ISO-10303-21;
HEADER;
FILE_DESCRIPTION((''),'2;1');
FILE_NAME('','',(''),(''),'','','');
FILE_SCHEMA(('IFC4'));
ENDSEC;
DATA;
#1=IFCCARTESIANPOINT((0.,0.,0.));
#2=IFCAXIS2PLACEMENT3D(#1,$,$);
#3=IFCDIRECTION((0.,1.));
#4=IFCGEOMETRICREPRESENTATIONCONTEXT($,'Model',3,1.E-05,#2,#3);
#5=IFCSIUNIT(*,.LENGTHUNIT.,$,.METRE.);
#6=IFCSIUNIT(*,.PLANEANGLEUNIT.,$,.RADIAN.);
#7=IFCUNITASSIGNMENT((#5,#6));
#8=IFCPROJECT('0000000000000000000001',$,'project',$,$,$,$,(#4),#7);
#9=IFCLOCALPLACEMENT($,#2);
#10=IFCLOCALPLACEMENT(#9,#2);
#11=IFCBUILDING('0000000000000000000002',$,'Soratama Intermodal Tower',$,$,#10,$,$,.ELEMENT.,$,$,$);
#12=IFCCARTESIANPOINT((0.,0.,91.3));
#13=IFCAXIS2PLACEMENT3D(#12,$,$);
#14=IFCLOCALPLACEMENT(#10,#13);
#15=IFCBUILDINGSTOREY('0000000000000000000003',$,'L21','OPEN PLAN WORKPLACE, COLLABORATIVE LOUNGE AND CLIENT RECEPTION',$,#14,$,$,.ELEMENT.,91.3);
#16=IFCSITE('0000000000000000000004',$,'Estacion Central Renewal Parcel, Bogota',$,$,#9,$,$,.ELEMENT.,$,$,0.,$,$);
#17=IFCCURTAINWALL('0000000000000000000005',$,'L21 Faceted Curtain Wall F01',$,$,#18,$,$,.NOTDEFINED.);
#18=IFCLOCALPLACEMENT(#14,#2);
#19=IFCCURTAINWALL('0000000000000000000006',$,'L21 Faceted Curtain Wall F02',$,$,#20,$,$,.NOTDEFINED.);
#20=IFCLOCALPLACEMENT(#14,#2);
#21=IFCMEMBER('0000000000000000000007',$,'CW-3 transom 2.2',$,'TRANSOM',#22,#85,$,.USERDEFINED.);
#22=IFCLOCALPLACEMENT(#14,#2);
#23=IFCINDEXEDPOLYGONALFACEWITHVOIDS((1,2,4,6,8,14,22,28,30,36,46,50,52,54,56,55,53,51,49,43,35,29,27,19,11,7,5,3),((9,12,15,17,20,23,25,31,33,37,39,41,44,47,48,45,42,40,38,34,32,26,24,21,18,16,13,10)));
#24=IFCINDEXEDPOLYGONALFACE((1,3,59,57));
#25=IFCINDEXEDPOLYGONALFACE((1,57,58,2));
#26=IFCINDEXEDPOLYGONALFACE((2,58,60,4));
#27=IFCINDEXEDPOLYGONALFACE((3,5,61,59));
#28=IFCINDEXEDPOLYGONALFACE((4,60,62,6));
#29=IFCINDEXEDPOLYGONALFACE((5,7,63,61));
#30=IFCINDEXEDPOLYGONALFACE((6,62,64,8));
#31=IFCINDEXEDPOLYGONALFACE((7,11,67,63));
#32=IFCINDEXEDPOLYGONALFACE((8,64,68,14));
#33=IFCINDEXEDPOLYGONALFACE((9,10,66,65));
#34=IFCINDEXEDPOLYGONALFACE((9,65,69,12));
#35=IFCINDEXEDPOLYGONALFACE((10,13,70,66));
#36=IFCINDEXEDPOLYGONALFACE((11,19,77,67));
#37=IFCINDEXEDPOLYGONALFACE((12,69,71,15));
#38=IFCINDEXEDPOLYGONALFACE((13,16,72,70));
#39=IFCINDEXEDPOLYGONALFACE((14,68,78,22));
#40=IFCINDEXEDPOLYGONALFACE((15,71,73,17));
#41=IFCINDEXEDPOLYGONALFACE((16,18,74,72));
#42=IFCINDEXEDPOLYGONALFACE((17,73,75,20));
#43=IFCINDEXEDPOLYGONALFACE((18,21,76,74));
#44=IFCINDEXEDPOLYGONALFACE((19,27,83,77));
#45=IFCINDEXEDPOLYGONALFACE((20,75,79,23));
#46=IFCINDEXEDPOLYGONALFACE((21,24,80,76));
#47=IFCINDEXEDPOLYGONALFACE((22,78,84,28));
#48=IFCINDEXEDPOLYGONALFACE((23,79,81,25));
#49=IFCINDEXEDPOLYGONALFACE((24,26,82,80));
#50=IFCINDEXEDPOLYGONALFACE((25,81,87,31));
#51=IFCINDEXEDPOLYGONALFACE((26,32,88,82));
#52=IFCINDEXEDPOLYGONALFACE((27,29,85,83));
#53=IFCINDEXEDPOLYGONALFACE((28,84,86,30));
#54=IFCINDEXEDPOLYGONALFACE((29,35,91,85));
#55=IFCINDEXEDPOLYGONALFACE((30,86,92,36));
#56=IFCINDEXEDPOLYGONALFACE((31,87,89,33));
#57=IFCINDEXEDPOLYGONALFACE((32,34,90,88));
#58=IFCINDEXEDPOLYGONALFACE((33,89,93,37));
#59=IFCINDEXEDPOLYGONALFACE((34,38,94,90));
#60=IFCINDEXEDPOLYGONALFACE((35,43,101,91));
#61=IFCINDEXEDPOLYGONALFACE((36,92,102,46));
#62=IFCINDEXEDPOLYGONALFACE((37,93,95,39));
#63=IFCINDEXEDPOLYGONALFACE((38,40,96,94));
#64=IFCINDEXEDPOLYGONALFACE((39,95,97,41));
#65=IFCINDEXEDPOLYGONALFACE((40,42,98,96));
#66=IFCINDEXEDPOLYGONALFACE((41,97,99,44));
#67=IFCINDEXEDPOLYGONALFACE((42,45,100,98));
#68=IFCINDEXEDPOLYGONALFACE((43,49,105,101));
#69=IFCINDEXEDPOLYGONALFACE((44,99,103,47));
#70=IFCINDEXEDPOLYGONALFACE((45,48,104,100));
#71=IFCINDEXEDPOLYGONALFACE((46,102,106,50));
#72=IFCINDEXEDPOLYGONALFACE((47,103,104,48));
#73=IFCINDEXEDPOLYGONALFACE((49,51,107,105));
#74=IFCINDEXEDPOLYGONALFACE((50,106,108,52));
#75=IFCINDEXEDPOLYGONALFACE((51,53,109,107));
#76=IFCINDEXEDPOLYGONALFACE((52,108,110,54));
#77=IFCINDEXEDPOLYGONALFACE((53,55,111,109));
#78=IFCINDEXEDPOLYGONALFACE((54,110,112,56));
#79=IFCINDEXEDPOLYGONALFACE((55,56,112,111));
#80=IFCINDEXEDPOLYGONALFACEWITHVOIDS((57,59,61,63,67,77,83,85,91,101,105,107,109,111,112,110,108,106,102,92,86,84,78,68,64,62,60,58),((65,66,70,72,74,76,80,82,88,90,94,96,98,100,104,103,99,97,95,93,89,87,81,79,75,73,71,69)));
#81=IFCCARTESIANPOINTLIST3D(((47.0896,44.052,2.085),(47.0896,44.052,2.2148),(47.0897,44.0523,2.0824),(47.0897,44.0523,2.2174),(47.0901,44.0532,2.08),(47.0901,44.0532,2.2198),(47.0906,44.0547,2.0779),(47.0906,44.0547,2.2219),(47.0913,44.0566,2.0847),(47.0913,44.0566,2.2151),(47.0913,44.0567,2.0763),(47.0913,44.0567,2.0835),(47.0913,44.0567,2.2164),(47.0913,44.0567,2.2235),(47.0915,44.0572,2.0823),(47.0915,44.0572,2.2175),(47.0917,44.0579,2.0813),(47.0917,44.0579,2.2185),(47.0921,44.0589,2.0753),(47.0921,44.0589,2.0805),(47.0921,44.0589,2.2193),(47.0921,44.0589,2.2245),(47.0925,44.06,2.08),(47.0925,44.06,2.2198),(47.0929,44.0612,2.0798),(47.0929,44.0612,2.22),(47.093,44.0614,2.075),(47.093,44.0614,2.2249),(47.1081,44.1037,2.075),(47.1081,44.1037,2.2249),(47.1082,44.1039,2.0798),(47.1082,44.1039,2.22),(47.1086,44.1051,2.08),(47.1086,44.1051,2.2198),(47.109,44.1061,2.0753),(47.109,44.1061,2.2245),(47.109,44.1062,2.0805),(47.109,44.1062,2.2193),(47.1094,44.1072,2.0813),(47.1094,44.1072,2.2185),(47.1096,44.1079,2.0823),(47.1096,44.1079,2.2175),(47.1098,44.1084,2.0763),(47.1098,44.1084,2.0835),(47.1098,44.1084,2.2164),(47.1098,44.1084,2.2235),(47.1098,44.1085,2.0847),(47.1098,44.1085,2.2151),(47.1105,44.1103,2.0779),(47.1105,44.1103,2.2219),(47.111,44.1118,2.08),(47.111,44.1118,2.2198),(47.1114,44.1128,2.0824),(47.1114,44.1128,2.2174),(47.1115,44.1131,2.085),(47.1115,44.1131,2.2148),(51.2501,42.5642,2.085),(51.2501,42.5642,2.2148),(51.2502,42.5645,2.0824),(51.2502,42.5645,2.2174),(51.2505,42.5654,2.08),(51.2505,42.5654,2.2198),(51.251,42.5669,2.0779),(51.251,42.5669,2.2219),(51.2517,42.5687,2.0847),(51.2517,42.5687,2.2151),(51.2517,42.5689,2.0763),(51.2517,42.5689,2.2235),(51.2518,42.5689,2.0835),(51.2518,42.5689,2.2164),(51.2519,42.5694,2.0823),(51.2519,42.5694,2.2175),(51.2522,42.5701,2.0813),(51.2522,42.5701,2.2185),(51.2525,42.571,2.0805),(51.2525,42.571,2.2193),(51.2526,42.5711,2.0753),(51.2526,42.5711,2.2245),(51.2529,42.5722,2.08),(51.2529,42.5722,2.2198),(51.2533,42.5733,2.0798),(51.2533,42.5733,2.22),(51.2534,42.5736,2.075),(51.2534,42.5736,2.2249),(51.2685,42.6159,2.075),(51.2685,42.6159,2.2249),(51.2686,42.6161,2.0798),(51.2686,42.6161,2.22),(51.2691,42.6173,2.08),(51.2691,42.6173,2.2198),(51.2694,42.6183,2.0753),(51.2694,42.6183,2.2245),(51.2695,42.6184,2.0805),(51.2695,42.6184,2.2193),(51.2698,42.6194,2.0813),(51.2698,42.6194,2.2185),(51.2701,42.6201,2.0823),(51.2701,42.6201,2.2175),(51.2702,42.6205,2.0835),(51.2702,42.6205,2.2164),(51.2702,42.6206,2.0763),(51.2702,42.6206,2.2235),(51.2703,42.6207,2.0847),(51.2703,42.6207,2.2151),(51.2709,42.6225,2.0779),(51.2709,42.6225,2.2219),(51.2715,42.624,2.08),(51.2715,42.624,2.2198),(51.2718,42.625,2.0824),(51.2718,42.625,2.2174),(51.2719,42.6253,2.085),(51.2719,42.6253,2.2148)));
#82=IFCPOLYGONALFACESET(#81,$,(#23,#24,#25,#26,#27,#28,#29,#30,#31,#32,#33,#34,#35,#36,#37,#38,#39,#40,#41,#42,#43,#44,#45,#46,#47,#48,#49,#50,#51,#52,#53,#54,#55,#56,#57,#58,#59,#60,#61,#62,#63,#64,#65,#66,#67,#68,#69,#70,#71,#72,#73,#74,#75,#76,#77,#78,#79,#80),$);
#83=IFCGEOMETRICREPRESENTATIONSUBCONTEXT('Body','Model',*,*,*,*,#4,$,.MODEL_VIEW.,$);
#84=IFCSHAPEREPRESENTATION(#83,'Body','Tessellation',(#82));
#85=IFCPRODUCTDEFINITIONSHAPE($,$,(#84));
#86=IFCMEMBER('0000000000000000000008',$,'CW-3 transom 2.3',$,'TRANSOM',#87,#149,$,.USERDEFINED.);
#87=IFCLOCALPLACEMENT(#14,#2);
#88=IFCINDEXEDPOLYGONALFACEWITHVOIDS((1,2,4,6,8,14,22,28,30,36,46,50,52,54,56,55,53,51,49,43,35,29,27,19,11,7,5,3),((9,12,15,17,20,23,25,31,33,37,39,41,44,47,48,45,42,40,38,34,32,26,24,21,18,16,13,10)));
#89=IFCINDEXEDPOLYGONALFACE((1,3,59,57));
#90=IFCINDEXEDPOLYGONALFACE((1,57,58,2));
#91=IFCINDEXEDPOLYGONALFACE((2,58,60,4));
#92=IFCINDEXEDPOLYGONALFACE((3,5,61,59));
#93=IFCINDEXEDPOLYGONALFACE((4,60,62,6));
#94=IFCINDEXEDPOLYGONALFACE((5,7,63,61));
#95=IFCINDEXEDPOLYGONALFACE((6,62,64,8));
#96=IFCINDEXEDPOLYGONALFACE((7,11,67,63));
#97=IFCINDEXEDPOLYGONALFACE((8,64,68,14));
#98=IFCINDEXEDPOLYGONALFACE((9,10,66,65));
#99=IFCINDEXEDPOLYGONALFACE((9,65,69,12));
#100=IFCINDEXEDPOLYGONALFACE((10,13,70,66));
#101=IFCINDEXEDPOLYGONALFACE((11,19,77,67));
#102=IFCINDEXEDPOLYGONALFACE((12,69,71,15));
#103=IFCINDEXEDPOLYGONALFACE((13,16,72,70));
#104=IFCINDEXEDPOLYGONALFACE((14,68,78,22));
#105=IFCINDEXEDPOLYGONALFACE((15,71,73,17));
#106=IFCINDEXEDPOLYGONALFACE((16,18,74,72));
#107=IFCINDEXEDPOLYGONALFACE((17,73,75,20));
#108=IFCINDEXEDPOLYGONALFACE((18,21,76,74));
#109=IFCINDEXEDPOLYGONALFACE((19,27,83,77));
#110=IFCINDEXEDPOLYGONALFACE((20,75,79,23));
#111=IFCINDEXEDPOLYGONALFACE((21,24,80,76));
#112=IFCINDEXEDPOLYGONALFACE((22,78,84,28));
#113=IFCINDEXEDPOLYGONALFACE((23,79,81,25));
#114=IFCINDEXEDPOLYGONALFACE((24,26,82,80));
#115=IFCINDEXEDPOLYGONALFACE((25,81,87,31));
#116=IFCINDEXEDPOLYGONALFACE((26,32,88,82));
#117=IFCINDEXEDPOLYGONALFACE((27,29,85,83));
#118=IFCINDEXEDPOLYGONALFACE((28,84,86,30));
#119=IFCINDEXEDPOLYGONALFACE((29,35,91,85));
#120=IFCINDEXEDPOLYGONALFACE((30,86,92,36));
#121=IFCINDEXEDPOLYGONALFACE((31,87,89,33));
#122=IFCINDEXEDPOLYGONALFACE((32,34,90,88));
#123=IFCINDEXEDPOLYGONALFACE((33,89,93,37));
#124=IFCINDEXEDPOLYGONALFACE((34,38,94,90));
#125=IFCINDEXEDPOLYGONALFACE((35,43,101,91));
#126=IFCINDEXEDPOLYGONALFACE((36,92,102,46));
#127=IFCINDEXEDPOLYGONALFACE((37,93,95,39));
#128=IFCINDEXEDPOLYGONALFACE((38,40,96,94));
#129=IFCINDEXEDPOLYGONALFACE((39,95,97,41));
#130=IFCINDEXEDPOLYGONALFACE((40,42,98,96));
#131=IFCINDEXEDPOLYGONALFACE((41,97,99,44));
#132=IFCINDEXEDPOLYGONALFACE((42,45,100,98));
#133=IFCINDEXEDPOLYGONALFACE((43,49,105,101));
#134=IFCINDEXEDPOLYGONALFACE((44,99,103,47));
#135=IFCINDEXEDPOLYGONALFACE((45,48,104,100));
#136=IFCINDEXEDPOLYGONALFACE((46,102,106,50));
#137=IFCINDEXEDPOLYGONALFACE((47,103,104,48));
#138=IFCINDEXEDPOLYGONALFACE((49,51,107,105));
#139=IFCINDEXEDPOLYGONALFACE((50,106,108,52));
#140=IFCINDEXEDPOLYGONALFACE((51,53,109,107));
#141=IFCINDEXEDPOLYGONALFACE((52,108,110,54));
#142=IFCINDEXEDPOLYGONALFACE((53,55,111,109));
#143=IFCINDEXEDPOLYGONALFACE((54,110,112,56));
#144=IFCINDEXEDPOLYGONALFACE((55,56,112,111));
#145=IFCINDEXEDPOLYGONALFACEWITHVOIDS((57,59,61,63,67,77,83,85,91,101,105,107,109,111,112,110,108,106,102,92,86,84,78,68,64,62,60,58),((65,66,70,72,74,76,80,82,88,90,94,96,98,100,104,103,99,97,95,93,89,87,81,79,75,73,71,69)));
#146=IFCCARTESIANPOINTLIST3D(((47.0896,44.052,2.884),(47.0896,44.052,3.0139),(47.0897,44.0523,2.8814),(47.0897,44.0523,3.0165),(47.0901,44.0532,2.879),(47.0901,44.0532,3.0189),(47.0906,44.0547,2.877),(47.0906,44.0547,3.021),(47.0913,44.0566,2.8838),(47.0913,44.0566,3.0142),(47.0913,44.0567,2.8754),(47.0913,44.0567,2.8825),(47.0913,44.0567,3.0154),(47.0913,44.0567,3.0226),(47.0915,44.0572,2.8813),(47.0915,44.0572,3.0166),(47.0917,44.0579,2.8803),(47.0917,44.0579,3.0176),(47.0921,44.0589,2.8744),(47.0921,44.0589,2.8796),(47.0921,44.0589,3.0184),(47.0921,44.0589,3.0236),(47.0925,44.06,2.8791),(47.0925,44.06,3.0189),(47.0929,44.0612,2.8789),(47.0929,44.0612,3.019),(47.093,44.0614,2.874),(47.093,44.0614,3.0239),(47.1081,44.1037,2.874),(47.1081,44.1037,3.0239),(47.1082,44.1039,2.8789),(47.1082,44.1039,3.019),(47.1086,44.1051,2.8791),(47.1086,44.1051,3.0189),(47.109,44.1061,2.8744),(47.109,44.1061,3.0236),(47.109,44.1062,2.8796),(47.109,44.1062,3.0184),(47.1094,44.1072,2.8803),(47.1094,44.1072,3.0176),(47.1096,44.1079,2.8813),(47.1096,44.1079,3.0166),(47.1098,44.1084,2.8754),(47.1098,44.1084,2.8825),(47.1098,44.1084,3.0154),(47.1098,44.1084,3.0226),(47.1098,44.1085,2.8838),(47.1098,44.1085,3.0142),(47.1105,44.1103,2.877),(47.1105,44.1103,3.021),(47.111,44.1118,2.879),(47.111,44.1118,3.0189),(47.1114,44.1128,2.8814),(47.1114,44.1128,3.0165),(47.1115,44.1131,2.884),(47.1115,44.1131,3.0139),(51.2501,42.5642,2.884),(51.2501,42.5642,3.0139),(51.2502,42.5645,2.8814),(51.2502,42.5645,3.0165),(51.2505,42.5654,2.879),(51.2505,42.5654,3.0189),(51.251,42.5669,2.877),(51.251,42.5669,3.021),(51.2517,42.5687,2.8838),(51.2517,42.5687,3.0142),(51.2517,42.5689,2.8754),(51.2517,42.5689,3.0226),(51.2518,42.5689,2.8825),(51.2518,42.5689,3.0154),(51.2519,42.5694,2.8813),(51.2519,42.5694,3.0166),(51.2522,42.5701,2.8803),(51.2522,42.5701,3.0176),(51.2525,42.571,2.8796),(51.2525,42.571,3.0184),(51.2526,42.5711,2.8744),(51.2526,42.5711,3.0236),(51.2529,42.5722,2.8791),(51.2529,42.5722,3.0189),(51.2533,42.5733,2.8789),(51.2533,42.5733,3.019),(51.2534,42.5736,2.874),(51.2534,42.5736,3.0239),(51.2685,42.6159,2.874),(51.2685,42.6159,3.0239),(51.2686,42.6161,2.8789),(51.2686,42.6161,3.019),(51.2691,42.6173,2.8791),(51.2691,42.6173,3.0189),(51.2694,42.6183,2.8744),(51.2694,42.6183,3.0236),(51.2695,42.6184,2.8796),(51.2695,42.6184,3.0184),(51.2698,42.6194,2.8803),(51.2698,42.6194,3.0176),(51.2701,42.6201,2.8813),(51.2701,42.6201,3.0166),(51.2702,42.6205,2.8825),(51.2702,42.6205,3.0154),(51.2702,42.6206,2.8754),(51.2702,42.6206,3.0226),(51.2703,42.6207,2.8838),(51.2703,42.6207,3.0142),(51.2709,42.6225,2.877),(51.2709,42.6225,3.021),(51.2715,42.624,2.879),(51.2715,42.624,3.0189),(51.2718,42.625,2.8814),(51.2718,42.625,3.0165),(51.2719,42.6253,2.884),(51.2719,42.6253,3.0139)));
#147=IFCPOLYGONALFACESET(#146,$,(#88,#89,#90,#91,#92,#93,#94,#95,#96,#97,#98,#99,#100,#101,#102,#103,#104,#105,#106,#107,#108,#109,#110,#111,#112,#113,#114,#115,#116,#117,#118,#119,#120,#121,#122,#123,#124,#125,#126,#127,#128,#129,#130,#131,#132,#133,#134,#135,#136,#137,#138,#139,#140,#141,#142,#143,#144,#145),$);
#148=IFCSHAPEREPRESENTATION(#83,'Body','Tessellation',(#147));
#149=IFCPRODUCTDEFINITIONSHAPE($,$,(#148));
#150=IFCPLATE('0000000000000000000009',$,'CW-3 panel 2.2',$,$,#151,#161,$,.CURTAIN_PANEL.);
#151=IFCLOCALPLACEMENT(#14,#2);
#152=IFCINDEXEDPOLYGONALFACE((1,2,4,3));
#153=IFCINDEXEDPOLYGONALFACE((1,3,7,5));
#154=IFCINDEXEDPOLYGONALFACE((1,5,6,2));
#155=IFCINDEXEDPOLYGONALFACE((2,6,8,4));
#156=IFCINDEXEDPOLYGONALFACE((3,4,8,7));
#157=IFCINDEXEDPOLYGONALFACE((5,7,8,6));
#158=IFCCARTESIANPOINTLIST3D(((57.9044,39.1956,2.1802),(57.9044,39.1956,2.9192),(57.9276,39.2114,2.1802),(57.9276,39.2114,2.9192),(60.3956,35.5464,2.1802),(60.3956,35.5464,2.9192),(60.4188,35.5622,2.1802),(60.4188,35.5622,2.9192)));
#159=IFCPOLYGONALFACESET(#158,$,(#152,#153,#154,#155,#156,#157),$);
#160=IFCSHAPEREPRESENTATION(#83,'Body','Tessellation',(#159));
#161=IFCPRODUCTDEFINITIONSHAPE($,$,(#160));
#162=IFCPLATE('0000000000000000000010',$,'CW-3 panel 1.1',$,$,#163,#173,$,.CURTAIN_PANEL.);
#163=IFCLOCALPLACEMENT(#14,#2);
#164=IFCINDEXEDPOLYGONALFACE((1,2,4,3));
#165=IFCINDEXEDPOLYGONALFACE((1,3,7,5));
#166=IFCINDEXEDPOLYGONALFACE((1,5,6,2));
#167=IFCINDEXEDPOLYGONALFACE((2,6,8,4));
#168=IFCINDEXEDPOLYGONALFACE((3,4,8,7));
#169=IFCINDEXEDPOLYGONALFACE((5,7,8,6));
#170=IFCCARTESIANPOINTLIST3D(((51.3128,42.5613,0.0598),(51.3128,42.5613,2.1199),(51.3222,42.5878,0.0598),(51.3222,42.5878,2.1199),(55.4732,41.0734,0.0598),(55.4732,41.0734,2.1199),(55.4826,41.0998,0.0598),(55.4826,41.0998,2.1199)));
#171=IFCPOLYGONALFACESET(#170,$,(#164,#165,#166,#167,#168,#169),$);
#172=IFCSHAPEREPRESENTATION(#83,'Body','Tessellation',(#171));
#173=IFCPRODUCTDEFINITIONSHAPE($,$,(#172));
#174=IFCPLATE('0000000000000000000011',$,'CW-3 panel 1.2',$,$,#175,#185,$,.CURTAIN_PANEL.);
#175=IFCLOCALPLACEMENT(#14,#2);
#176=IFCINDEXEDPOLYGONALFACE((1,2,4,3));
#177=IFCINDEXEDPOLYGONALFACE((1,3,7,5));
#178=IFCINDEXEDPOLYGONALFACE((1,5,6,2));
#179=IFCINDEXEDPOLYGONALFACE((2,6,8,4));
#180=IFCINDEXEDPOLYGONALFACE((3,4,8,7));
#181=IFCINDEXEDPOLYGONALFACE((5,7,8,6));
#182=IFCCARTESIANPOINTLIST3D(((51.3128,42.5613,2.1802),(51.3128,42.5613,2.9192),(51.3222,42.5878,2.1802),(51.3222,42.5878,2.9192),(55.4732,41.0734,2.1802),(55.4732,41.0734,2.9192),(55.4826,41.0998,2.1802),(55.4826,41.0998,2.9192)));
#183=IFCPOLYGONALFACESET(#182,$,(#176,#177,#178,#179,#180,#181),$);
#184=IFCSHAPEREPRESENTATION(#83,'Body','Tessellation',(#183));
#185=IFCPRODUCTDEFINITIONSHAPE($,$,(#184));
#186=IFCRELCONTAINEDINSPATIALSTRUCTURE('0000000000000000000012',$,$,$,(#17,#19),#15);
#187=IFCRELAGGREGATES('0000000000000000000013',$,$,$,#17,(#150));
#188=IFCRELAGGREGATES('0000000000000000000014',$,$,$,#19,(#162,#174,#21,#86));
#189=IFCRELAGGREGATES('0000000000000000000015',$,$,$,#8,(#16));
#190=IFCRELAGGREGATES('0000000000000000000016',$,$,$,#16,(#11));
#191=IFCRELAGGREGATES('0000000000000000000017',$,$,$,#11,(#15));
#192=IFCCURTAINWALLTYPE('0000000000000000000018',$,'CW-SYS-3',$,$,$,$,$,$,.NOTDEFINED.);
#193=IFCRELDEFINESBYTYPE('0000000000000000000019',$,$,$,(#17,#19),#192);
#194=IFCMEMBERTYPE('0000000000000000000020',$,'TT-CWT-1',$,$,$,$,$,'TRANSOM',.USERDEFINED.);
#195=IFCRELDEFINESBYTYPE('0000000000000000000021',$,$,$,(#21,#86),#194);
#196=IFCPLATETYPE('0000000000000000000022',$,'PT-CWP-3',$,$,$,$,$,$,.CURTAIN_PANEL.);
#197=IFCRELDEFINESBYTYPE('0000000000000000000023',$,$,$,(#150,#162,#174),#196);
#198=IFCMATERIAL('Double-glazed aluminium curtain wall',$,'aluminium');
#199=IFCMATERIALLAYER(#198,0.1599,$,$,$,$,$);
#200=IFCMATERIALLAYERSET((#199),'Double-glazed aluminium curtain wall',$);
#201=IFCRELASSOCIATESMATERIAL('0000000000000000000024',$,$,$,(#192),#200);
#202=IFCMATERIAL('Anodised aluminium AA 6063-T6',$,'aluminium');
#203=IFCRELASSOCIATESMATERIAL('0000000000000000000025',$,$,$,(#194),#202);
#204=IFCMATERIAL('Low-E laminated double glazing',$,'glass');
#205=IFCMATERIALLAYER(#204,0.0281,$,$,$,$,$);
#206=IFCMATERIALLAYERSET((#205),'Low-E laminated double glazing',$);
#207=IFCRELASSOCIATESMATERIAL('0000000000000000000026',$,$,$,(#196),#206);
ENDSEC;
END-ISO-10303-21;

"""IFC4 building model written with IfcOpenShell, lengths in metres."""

from ifc_helpers import new_model, si_unit, direction, frame, origin, origin_2d, place, context, subcontext, project, spatial, rectangle, hollow_rectangle, extrude, material, layer, layer_set, material_profile, profile_set, type_object, element, aggregate, save


model = new_model("IFC4")

# Units and contexts
model_context = context("Model", 3, precision=1e-05, world=origin(), true_north=direction((0.0, 1.0)))
body_context = subcontext(model_context, "Body", "Model", "MODEL_VIEW")
ifc_project = project(units=[si_unit("LENGTHUNIT", "METRE"), si_unit("PLANEANGLEUNIT", "RADIAN")], contexts=[model_context])

# Site, building, storey
site_placement = place(None, origin())
site = spatial("IfcSite", under=ifc_project, at=site_placement, Name="Estacion Central Renewal Parcel, Bogota", CompositionType="ELEMENT", RefElevation=0.0)
building_placement = place(site_placement, origin())
building = spatial("IfcBuilding", under=site, at=building_placement, Name="Soratama Intermodal Tower", CompositionType="ELEMENT")
storey_placement = place(building_placement, frame((0.0, 0.0, 91.3)))
storey = spatial("IfcBuildingStorey", under=building, at=storey_placement, Name="L21", Description="OPEN PLAN WORKPLACE, COLLABORATIVE LOUNGE AND CLIENT RECEPTION", CompositionType="ELEMENT", Elevation=91.3)

# Curtain wall
ifc_material_1 = material(Name="Double-glazed aluminium curtain wall", Category="aluminium")
ifc_layer_1 = layer(ifc_material_1, 0.1599)
ifc_layer_set_1 = layer_set([ifc_layer_1], Name="Double-glazed aluminium curtain wall")
curtain_wall_type = type_object("IfcCurtainWallType", Name="CW-SYS-3", PredefinedType="NOTDEFINED", material=ifc_layer_set_1)
curtain_wall_1_placement = place(storey_placement, origin())
curtain_wall_1 = element("IfcCurtainWall", 1, at=curtain_wall_1_placement, inside=storey, type_object=curtain_wall_type, Name="L21 Faceted Curtain Wall F01", PredefinedType="NOTDEFINED")

# Curtain wall, members
curtain_wall_2_placement = place(storey_placement, origin())
curtain_wall_2 = element("IfcCurtainWall", 2, at=curtain_wall_2_placement, inside=storey, type_object=curtain_wall_type, Name="L21 Faceted Curtain Wall F02", PredefinedType="NOTDEFINED")
ifc_material_2 = material(Name="Anodised aluminium AA 6063-T6", Category="aluminium")
ifc_material_profile_1 = material_profile(ifc_material_2, hollow_rectangle(XDim=0.0649, YDim=0.1499, WallThickness=0.0049, InnerFilletRadius=0.0049, OuterFilletRadius=0.01, at=origin_2d()), Name="CWT150X65X5")
ifc_profile_set_1 = profile_set([ifc_material_profile_1], Name="Anodised aluminium AA 6063-T6")
member_type_1 = type_object("IfcMemberType", Name="TT-CWT-1", ElementType="TRANSOM", PredefinedType="USERDEFINED", material=ifc_profile_set_1)
member_1_placement = place(storey_placement, frame((51.261, 42.5947, 2.1499), z_axis=(-0.941603, 0.336725, 0.0), x_axis=(-0.336725, -0.941603, 0.0)))
member_1 = element("IfcMember", 3, at=member_1_placement, type_object=member_type_1, Name="CW-3 transom 2.2", ObjectType="TRANSOM", PredefinedType="USERDEFINED", context=body_context, shape_type="SweptSolid", body=[
    extrude(hollow_rectangle(XDim=0.0649, YDim=0.1499, WallThickness=0.0049, InnerFilletRadius=0.0049, OuterFilletRadius=0.01, at=origin_2d()), origin(), (0.0, 0.0, 1.0), 4.4185),
])
member_2_placement = place(storey_placement, frame((51.261, 42.5947, 2.949), z_axis=(-0.941603, 0.336725, 0.0), x_axis=(-0.336725, -0.941603, 0.0)))
member_2 = element("IfcMember", 4, at=member_2_placement, type_object=member_type_1, Name="CW-3 transom 2.3", ObjectType="TRANSOM", PredefinedType="USERDEFINED", context=body_context, shape_type="SweptSolid", body=[
    extrude(hollow_rectangle(XDim=0.0649, YDim=0.1499, WallThickness=0.0049, InnerFilletRadius=0.0049, OuterFilletRadius=0.01, at=origin_2d()), origin(), (0.0, 0.0, 1.0), 4.4185),
])

# Plates
ifc_material_3 = material(Name="Low-E laminated double glazing", Category="glass")
ifc_layer_2 = layer(ifc_material_3, 0.0281)
ifc_layer_set_2 = layer_set([ifc_layer_2], Name="Low-E laminated double glazing")
plate_type = type_object("IfcPlateType", Name="PT-CWP-3", PredefinedType="CURTAIN_PANEL", material=ifc_layer_set_2)
plate_1_placement = place(storey_placement, frame((59.1616, 37.3789, 2.1802), z_axis=(0.0, 0.0, 1.0), x_axis=(-0.563814, 0.825902, 0.0)))
plate_1 = element("IfcPlate", 5, at=plate_1_placement, type_object=plate_type, Name="CW-3 panel 2.2", PredefinedType="CURTAIN_PANEL", context=body_context, shape_type="SweptSolid", body=[
    extrude(rectangle(XDim=4.4185, YDim=0.0281, at=origin_2d()), origin(), (0.0, 0.0, 1.0), 0.739),
])
aggregate(curtain_wall_1, [plate_1])
plate_2_placement = place(storey_placement, frame((53.3977, 41.8306, 0.0598), z_axis=(0.0, 0.0, 1.0), x_axis=(-0.94159, 0.336761, 0.0)))
plate_2 = element("IfcPlate", 6, at=plate_2_placement, type_object=plate_type, Name="CW-3 panel 1.1", PredefinedType="CURTAIN_PANEL", context=body_context, shape_type="SweptSolid", body=[
    extrude(rectangle(XDim=4.4185, YDim=0.0281, at=origin_2d()), origin(), (0.0, 0.0, 1.0), 2.0601),
])
plate_3_placement = place(storey_placement, frame((53.3977, 41.8306, 2.1802), z_axis=(0.0, 0.0, 1.0), x_axis=(-0.94159, 0.336761, 0.0)))
plate_3 = element("IfcPlate", 7, at=plate_3_placement, type_object=plate_type, Name="CW-3 panel 1.2", PredefinedType="CURTAIN_PANEL", context=body_context, shape_type="SweptSolid", body=[
    extrude(rectangle(XDim=4.4185, YDim=0.0281, at=origin_2d()), origin(), (0.0, 0.0, 1.0), 0.739),
])
aggregate(curtain_wall_2, [plate_2, plate_3, member_1, member_2])

save(model, "model.ifc")
